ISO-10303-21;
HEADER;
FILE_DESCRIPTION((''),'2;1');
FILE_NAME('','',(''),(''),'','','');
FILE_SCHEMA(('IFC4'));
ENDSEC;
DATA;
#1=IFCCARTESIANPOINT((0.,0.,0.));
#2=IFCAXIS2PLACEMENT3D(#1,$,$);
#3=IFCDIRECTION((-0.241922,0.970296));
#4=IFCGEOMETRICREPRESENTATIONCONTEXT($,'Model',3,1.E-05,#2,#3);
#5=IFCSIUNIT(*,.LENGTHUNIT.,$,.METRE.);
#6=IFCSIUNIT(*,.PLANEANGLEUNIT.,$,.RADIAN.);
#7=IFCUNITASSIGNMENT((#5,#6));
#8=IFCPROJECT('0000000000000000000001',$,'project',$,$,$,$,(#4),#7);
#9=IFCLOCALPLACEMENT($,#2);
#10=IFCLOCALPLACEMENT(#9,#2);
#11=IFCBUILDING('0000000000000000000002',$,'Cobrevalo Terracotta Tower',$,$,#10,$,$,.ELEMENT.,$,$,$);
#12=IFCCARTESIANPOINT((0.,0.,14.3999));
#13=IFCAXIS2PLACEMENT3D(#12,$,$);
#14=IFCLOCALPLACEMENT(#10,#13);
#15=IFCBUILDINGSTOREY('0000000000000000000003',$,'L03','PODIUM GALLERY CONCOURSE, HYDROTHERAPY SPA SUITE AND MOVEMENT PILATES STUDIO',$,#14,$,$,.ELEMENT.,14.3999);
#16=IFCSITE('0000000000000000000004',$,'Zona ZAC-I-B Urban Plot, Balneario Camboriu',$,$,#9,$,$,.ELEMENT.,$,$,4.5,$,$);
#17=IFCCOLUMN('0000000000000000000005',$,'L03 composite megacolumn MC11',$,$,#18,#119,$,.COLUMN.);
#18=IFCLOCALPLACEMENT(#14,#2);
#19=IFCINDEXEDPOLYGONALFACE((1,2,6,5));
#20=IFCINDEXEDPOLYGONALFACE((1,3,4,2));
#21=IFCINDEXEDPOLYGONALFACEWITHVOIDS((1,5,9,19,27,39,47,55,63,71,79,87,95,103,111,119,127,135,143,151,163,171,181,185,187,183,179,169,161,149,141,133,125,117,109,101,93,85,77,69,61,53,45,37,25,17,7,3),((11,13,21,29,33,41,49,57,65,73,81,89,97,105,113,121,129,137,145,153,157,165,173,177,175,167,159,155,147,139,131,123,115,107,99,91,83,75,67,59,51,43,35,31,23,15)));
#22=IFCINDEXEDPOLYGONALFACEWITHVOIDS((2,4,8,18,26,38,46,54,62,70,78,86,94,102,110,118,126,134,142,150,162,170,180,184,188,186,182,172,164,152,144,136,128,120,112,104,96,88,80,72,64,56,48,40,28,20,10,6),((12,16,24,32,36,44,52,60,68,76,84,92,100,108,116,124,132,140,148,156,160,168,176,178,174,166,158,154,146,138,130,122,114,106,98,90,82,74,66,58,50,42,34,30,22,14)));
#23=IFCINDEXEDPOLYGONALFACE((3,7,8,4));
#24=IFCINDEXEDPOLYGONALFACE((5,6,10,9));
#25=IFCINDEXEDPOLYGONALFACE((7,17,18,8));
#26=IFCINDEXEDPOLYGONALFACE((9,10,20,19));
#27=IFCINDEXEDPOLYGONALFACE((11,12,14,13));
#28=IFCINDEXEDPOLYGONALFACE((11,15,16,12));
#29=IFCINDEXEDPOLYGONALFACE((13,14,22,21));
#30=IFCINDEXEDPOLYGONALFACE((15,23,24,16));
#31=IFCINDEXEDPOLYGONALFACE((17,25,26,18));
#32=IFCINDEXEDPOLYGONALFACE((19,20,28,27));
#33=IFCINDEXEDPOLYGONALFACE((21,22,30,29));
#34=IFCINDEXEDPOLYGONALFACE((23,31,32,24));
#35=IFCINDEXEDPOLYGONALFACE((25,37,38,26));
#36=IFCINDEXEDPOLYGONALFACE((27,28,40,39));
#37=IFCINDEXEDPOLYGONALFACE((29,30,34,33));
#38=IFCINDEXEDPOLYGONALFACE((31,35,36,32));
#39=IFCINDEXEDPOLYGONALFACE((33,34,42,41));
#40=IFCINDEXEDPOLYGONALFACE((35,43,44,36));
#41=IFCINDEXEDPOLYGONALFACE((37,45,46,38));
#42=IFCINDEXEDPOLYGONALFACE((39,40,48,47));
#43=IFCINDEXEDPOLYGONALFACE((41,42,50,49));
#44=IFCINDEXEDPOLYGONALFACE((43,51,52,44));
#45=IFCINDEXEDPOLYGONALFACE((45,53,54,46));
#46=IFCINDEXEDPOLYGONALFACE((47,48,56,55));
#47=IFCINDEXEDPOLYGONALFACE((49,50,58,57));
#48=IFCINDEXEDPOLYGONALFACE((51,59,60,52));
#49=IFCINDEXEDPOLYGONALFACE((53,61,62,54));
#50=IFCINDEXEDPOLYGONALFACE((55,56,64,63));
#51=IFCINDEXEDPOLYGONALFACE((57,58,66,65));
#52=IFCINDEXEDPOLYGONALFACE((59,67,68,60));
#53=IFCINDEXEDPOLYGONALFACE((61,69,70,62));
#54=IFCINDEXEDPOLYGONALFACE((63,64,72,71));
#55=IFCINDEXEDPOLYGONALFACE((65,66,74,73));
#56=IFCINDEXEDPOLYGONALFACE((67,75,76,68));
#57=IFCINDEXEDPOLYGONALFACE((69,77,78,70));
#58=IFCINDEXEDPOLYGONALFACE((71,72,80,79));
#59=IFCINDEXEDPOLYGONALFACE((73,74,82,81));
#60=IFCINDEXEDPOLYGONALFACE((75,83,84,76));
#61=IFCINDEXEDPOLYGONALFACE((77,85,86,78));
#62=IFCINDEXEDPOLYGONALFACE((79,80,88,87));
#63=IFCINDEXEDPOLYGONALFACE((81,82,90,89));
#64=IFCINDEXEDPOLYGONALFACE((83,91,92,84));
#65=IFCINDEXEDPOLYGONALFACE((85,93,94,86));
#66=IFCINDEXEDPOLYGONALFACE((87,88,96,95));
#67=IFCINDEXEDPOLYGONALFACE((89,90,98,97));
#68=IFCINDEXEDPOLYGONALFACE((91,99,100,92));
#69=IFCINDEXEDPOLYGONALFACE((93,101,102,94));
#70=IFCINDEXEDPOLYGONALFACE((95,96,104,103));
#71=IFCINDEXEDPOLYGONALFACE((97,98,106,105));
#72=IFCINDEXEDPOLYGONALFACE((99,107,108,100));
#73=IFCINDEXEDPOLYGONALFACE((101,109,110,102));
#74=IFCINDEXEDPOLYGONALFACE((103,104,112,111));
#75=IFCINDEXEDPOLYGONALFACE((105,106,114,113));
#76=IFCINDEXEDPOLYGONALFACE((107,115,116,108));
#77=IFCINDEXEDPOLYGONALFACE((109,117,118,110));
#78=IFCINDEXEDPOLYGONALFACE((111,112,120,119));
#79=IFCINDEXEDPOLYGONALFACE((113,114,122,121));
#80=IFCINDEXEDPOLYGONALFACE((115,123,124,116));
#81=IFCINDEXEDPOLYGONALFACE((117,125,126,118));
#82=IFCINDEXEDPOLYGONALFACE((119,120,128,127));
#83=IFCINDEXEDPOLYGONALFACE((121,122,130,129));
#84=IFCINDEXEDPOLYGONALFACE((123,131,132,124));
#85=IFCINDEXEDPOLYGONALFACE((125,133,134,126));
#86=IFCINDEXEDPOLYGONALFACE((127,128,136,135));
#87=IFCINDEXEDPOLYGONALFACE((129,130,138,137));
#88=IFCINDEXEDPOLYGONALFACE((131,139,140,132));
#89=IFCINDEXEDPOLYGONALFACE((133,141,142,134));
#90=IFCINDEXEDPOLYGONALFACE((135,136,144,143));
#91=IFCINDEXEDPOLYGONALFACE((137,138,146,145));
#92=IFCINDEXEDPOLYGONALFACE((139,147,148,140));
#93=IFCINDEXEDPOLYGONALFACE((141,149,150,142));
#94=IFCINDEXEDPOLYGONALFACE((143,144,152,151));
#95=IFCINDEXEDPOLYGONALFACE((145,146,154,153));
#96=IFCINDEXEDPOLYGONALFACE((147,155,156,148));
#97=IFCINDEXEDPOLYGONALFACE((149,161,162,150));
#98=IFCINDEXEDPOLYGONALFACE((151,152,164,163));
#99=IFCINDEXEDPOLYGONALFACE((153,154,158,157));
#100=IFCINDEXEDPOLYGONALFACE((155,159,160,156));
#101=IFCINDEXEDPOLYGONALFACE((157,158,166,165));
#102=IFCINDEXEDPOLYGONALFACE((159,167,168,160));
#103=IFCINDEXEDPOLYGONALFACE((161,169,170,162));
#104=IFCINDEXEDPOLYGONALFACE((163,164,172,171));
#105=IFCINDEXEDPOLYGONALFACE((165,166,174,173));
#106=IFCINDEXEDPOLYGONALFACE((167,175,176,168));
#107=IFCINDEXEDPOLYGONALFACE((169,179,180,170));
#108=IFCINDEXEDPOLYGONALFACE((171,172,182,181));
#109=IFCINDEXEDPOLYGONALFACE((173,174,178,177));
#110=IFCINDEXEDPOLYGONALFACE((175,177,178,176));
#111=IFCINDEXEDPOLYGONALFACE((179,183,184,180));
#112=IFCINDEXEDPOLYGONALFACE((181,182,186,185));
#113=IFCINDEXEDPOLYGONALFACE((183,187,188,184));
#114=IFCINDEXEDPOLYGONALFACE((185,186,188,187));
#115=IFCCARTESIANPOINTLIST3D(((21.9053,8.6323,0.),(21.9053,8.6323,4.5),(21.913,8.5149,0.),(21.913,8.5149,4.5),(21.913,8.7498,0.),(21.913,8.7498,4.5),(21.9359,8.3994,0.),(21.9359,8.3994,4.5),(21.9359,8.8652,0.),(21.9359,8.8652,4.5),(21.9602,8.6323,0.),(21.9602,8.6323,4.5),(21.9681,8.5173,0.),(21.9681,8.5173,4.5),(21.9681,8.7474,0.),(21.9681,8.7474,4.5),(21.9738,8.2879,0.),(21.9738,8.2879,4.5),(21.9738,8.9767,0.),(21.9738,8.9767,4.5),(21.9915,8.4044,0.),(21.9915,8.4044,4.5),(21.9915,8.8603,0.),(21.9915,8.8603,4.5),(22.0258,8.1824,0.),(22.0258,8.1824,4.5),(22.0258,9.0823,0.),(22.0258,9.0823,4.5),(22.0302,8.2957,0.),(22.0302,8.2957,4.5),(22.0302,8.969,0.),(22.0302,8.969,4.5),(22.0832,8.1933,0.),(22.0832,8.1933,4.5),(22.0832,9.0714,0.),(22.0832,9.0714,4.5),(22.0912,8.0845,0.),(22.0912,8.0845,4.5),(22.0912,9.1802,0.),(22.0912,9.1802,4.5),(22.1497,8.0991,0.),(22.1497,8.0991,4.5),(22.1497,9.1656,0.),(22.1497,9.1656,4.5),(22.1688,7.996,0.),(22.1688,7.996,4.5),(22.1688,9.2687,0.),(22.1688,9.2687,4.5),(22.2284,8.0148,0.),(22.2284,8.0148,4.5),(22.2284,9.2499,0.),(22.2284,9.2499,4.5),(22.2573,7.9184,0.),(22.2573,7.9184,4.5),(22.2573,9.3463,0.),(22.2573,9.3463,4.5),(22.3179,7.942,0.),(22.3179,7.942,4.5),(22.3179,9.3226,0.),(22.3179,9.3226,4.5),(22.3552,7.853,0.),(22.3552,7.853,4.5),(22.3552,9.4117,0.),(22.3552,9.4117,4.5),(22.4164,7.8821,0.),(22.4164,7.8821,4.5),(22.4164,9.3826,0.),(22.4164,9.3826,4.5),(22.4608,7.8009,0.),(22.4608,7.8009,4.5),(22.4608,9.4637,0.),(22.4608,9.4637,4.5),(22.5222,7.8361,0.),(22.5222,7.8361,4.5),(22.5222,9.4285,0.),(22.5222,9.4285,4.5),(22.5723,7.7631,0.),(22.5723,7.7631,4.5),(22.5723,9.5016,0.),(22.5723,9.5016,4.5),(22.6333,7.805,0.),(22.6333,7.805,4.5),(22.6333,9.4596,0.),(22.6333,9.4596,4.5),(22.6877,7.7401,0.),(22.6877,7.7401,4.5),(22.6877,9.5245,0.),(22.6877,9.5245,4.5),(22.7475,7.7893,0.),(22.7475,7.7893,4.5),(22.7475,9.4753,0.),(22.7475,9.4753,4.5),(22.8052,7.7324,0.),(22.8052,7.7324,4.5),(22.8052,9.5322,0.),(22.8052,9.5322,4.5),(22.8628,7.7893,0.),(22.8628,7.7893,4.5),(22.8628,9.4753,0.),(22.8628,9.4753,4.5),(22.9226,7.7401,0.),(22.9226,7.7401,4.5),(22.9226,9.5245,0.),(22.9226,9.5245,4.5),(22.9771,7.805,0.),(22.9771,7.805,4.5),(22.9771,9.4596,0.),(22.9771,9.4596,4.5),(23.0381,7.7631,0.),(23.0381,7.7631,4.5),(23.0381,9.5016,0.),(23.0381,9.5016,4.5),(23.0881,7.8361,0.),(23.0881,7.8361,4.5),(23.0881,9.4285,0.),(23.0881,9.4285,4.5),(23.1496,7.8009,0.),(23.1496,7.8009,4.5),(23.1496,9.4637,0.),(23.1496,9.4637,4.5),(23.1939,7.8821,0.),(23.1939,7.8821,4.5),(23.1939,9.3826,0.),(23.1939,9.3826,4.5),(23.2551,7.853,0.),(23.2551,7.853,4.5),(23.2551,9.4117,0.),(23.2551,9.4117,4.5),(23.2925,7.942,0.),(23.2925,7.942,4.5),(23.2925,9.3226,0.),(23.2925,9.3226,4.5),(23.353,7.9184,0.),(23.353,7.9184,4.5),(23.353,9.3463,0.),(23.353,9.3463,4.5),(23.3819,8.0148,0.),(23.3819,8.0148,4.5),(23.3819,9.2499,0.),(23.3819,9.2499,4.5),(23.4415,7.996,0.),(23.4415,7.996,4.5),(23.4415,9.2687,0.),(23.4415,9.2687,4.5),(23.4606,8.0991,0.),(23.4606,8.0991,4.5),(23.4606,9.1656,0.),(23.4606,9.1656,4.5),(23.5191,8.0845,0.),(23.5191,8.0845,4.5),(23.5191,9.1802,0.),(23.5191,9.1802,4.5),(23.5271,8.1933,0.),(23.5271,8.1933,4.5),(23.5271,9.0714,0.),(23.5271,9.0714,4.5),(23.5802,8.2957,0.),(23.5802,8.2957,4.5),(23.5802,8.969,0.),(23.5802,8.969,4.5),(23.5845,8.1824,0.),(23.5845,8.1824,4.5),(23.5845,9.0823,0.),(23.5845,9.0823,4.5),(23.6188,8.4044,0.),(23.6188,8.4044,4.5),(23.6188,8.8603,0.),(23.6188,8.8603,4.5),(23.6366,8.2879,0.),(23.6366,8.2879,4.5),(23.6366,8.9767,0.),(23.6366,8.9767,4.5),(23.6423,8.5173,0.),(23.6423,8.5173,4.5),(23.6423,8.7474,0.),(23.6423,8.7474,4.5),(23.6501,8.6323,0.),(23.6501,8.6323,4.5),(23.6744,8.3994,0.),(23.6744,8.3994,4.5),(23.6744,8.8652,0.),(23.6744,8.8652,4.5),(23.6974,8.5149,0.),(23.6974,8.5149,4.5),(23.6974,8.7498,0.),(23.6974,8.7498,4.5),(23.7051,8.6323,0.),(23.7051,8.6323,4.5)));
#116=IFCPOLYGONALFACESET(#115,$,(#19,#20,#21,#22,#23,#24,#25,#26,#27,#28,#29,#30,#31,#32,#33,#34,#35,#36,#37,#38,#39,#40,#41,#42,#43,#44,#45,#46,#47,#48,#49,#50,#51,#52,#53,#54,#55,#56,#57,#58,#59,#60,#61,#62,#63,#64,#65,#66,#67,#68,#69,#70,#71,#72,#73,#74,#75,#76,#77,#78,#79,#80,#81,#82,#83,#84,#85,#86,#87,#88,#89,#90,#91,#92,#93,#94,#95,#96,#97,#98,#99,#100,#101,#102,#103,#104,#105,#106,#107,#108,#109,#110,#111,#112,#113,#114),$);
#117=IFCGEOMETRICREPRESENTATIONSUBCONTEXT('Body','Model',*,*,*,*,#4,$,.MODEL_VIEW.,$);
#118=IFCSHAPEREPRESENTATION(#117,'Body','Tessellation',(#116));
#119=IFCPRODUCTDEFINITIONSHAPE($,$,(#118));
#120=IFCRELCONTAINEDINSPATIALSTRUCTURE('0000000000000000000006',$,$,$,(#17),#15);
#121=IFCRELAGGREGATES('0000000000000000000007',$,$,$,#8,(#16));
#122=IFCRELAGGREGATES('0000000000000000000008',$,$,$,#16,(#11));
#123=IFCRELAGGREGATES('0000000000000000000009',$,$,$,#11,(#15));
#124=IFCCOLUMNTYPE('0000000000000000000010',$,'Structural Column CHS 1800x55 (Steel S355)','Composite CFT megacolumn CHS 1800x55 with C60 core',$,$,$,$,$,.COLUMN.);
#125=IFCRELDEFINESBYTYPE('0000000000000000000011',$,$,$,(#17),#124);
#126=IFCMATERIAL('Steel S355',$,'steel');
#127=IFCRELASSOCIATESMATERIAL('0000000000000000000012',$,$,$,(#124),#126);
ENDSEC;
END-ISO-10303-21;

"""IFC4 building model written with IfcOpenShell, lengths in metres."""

from ifc_helpers import new_model, si_unit, direction, frame, origin, origin_2d, place, context, subcontext, project, spatial, hollow_circle, extrude, material, material_profile, profile_set, type_object, element, save


model = new_model("IFC4")

# Units and contexts
model_context = context("Model", 3, precision=1e-05, world=origin(), true_north=direction((-0.241922, 0.970296)))
body_context = subcontext(model_context, "Body", "Model", "MODEL_VIEW")
ifc_project = project(units=[si_unit("LENGTHUNIT", "METRE"), si_unit("PLANEANGLEUNIT", "RADIAN")], contexts=[model_context])

# Site, building, storey
site_placement = place(None, origin())
site = spatial("IfcSite", under=ifc_project, at=site_placement, Name="Zona ZAC-I-B Urban Plot, Balneario Camboriu", CompositionType="ELEMENT", RefElevation=4.5)
building_placement = place(site_placement, origin())
building = spatial("IfcBuilding", under=site, at=building_placement, Name="Cobrevalo Terracotta Tower", CompositionType="ELEMENT")
storey_placement = place(building_placement, frame((0.0, 0.0, 14.3999)))
storey = spatial("IfcBuildingStorey", under=building, at=storey_placement, Name="L03", Description="PODIUM GALLERY CONCOURSE, HYDROTHERAPY SPA SUITE AND MOVEMENT PILATES STUDIO", CompositionType="ELEMENT", Elevation=14.3999)

# Column
ifc_material_1 = material(Name="Steel S355", Category="steel")
ifc_material_profile_1 = material_profile(ifc_material_1, hollow_circle(Radius=0.8999, WallThickness=0.0549, at=origin_2d()), Name="CHS 1800x55")
ifc_profile_set_1 = profile_set([ifc_material_profile_1], Name="Steel S355")
column_type_1 = type_object("IfcColumnType", Name="Structural Column CHS 1800x55 (Steel S355)", Description="Composite CFT megacolumn CHS 1800x55 with C60 core", PredefinedType="COLUMN", material=ifc_profile_set_1)
for number, where, z_axis, x_axis, name in (
    (1, (22.8052, 8.6323, 0.0), (0.0, 0.0, 1.0), (1.0, 0.0, 0.0), "L03 composite megacolumn MC11"),
):
    element("IfcColumn", number, at=place(storey_placement, frame(where, z_axis=z_axis, x_axis=x_axis)), inside=storey, type_object=column_type_1, Name=name, PredefinedType="COLUMN", context=body_context, shape_type="SweptSolid", body=[
        extrude(hollow_circle(Radius=0.8999, WallThickness=0.0549, at=origin_2d()), origin(), (0.0, 0.0, 1.0), 4.5),
    ])

save(model, "model.ifc")
